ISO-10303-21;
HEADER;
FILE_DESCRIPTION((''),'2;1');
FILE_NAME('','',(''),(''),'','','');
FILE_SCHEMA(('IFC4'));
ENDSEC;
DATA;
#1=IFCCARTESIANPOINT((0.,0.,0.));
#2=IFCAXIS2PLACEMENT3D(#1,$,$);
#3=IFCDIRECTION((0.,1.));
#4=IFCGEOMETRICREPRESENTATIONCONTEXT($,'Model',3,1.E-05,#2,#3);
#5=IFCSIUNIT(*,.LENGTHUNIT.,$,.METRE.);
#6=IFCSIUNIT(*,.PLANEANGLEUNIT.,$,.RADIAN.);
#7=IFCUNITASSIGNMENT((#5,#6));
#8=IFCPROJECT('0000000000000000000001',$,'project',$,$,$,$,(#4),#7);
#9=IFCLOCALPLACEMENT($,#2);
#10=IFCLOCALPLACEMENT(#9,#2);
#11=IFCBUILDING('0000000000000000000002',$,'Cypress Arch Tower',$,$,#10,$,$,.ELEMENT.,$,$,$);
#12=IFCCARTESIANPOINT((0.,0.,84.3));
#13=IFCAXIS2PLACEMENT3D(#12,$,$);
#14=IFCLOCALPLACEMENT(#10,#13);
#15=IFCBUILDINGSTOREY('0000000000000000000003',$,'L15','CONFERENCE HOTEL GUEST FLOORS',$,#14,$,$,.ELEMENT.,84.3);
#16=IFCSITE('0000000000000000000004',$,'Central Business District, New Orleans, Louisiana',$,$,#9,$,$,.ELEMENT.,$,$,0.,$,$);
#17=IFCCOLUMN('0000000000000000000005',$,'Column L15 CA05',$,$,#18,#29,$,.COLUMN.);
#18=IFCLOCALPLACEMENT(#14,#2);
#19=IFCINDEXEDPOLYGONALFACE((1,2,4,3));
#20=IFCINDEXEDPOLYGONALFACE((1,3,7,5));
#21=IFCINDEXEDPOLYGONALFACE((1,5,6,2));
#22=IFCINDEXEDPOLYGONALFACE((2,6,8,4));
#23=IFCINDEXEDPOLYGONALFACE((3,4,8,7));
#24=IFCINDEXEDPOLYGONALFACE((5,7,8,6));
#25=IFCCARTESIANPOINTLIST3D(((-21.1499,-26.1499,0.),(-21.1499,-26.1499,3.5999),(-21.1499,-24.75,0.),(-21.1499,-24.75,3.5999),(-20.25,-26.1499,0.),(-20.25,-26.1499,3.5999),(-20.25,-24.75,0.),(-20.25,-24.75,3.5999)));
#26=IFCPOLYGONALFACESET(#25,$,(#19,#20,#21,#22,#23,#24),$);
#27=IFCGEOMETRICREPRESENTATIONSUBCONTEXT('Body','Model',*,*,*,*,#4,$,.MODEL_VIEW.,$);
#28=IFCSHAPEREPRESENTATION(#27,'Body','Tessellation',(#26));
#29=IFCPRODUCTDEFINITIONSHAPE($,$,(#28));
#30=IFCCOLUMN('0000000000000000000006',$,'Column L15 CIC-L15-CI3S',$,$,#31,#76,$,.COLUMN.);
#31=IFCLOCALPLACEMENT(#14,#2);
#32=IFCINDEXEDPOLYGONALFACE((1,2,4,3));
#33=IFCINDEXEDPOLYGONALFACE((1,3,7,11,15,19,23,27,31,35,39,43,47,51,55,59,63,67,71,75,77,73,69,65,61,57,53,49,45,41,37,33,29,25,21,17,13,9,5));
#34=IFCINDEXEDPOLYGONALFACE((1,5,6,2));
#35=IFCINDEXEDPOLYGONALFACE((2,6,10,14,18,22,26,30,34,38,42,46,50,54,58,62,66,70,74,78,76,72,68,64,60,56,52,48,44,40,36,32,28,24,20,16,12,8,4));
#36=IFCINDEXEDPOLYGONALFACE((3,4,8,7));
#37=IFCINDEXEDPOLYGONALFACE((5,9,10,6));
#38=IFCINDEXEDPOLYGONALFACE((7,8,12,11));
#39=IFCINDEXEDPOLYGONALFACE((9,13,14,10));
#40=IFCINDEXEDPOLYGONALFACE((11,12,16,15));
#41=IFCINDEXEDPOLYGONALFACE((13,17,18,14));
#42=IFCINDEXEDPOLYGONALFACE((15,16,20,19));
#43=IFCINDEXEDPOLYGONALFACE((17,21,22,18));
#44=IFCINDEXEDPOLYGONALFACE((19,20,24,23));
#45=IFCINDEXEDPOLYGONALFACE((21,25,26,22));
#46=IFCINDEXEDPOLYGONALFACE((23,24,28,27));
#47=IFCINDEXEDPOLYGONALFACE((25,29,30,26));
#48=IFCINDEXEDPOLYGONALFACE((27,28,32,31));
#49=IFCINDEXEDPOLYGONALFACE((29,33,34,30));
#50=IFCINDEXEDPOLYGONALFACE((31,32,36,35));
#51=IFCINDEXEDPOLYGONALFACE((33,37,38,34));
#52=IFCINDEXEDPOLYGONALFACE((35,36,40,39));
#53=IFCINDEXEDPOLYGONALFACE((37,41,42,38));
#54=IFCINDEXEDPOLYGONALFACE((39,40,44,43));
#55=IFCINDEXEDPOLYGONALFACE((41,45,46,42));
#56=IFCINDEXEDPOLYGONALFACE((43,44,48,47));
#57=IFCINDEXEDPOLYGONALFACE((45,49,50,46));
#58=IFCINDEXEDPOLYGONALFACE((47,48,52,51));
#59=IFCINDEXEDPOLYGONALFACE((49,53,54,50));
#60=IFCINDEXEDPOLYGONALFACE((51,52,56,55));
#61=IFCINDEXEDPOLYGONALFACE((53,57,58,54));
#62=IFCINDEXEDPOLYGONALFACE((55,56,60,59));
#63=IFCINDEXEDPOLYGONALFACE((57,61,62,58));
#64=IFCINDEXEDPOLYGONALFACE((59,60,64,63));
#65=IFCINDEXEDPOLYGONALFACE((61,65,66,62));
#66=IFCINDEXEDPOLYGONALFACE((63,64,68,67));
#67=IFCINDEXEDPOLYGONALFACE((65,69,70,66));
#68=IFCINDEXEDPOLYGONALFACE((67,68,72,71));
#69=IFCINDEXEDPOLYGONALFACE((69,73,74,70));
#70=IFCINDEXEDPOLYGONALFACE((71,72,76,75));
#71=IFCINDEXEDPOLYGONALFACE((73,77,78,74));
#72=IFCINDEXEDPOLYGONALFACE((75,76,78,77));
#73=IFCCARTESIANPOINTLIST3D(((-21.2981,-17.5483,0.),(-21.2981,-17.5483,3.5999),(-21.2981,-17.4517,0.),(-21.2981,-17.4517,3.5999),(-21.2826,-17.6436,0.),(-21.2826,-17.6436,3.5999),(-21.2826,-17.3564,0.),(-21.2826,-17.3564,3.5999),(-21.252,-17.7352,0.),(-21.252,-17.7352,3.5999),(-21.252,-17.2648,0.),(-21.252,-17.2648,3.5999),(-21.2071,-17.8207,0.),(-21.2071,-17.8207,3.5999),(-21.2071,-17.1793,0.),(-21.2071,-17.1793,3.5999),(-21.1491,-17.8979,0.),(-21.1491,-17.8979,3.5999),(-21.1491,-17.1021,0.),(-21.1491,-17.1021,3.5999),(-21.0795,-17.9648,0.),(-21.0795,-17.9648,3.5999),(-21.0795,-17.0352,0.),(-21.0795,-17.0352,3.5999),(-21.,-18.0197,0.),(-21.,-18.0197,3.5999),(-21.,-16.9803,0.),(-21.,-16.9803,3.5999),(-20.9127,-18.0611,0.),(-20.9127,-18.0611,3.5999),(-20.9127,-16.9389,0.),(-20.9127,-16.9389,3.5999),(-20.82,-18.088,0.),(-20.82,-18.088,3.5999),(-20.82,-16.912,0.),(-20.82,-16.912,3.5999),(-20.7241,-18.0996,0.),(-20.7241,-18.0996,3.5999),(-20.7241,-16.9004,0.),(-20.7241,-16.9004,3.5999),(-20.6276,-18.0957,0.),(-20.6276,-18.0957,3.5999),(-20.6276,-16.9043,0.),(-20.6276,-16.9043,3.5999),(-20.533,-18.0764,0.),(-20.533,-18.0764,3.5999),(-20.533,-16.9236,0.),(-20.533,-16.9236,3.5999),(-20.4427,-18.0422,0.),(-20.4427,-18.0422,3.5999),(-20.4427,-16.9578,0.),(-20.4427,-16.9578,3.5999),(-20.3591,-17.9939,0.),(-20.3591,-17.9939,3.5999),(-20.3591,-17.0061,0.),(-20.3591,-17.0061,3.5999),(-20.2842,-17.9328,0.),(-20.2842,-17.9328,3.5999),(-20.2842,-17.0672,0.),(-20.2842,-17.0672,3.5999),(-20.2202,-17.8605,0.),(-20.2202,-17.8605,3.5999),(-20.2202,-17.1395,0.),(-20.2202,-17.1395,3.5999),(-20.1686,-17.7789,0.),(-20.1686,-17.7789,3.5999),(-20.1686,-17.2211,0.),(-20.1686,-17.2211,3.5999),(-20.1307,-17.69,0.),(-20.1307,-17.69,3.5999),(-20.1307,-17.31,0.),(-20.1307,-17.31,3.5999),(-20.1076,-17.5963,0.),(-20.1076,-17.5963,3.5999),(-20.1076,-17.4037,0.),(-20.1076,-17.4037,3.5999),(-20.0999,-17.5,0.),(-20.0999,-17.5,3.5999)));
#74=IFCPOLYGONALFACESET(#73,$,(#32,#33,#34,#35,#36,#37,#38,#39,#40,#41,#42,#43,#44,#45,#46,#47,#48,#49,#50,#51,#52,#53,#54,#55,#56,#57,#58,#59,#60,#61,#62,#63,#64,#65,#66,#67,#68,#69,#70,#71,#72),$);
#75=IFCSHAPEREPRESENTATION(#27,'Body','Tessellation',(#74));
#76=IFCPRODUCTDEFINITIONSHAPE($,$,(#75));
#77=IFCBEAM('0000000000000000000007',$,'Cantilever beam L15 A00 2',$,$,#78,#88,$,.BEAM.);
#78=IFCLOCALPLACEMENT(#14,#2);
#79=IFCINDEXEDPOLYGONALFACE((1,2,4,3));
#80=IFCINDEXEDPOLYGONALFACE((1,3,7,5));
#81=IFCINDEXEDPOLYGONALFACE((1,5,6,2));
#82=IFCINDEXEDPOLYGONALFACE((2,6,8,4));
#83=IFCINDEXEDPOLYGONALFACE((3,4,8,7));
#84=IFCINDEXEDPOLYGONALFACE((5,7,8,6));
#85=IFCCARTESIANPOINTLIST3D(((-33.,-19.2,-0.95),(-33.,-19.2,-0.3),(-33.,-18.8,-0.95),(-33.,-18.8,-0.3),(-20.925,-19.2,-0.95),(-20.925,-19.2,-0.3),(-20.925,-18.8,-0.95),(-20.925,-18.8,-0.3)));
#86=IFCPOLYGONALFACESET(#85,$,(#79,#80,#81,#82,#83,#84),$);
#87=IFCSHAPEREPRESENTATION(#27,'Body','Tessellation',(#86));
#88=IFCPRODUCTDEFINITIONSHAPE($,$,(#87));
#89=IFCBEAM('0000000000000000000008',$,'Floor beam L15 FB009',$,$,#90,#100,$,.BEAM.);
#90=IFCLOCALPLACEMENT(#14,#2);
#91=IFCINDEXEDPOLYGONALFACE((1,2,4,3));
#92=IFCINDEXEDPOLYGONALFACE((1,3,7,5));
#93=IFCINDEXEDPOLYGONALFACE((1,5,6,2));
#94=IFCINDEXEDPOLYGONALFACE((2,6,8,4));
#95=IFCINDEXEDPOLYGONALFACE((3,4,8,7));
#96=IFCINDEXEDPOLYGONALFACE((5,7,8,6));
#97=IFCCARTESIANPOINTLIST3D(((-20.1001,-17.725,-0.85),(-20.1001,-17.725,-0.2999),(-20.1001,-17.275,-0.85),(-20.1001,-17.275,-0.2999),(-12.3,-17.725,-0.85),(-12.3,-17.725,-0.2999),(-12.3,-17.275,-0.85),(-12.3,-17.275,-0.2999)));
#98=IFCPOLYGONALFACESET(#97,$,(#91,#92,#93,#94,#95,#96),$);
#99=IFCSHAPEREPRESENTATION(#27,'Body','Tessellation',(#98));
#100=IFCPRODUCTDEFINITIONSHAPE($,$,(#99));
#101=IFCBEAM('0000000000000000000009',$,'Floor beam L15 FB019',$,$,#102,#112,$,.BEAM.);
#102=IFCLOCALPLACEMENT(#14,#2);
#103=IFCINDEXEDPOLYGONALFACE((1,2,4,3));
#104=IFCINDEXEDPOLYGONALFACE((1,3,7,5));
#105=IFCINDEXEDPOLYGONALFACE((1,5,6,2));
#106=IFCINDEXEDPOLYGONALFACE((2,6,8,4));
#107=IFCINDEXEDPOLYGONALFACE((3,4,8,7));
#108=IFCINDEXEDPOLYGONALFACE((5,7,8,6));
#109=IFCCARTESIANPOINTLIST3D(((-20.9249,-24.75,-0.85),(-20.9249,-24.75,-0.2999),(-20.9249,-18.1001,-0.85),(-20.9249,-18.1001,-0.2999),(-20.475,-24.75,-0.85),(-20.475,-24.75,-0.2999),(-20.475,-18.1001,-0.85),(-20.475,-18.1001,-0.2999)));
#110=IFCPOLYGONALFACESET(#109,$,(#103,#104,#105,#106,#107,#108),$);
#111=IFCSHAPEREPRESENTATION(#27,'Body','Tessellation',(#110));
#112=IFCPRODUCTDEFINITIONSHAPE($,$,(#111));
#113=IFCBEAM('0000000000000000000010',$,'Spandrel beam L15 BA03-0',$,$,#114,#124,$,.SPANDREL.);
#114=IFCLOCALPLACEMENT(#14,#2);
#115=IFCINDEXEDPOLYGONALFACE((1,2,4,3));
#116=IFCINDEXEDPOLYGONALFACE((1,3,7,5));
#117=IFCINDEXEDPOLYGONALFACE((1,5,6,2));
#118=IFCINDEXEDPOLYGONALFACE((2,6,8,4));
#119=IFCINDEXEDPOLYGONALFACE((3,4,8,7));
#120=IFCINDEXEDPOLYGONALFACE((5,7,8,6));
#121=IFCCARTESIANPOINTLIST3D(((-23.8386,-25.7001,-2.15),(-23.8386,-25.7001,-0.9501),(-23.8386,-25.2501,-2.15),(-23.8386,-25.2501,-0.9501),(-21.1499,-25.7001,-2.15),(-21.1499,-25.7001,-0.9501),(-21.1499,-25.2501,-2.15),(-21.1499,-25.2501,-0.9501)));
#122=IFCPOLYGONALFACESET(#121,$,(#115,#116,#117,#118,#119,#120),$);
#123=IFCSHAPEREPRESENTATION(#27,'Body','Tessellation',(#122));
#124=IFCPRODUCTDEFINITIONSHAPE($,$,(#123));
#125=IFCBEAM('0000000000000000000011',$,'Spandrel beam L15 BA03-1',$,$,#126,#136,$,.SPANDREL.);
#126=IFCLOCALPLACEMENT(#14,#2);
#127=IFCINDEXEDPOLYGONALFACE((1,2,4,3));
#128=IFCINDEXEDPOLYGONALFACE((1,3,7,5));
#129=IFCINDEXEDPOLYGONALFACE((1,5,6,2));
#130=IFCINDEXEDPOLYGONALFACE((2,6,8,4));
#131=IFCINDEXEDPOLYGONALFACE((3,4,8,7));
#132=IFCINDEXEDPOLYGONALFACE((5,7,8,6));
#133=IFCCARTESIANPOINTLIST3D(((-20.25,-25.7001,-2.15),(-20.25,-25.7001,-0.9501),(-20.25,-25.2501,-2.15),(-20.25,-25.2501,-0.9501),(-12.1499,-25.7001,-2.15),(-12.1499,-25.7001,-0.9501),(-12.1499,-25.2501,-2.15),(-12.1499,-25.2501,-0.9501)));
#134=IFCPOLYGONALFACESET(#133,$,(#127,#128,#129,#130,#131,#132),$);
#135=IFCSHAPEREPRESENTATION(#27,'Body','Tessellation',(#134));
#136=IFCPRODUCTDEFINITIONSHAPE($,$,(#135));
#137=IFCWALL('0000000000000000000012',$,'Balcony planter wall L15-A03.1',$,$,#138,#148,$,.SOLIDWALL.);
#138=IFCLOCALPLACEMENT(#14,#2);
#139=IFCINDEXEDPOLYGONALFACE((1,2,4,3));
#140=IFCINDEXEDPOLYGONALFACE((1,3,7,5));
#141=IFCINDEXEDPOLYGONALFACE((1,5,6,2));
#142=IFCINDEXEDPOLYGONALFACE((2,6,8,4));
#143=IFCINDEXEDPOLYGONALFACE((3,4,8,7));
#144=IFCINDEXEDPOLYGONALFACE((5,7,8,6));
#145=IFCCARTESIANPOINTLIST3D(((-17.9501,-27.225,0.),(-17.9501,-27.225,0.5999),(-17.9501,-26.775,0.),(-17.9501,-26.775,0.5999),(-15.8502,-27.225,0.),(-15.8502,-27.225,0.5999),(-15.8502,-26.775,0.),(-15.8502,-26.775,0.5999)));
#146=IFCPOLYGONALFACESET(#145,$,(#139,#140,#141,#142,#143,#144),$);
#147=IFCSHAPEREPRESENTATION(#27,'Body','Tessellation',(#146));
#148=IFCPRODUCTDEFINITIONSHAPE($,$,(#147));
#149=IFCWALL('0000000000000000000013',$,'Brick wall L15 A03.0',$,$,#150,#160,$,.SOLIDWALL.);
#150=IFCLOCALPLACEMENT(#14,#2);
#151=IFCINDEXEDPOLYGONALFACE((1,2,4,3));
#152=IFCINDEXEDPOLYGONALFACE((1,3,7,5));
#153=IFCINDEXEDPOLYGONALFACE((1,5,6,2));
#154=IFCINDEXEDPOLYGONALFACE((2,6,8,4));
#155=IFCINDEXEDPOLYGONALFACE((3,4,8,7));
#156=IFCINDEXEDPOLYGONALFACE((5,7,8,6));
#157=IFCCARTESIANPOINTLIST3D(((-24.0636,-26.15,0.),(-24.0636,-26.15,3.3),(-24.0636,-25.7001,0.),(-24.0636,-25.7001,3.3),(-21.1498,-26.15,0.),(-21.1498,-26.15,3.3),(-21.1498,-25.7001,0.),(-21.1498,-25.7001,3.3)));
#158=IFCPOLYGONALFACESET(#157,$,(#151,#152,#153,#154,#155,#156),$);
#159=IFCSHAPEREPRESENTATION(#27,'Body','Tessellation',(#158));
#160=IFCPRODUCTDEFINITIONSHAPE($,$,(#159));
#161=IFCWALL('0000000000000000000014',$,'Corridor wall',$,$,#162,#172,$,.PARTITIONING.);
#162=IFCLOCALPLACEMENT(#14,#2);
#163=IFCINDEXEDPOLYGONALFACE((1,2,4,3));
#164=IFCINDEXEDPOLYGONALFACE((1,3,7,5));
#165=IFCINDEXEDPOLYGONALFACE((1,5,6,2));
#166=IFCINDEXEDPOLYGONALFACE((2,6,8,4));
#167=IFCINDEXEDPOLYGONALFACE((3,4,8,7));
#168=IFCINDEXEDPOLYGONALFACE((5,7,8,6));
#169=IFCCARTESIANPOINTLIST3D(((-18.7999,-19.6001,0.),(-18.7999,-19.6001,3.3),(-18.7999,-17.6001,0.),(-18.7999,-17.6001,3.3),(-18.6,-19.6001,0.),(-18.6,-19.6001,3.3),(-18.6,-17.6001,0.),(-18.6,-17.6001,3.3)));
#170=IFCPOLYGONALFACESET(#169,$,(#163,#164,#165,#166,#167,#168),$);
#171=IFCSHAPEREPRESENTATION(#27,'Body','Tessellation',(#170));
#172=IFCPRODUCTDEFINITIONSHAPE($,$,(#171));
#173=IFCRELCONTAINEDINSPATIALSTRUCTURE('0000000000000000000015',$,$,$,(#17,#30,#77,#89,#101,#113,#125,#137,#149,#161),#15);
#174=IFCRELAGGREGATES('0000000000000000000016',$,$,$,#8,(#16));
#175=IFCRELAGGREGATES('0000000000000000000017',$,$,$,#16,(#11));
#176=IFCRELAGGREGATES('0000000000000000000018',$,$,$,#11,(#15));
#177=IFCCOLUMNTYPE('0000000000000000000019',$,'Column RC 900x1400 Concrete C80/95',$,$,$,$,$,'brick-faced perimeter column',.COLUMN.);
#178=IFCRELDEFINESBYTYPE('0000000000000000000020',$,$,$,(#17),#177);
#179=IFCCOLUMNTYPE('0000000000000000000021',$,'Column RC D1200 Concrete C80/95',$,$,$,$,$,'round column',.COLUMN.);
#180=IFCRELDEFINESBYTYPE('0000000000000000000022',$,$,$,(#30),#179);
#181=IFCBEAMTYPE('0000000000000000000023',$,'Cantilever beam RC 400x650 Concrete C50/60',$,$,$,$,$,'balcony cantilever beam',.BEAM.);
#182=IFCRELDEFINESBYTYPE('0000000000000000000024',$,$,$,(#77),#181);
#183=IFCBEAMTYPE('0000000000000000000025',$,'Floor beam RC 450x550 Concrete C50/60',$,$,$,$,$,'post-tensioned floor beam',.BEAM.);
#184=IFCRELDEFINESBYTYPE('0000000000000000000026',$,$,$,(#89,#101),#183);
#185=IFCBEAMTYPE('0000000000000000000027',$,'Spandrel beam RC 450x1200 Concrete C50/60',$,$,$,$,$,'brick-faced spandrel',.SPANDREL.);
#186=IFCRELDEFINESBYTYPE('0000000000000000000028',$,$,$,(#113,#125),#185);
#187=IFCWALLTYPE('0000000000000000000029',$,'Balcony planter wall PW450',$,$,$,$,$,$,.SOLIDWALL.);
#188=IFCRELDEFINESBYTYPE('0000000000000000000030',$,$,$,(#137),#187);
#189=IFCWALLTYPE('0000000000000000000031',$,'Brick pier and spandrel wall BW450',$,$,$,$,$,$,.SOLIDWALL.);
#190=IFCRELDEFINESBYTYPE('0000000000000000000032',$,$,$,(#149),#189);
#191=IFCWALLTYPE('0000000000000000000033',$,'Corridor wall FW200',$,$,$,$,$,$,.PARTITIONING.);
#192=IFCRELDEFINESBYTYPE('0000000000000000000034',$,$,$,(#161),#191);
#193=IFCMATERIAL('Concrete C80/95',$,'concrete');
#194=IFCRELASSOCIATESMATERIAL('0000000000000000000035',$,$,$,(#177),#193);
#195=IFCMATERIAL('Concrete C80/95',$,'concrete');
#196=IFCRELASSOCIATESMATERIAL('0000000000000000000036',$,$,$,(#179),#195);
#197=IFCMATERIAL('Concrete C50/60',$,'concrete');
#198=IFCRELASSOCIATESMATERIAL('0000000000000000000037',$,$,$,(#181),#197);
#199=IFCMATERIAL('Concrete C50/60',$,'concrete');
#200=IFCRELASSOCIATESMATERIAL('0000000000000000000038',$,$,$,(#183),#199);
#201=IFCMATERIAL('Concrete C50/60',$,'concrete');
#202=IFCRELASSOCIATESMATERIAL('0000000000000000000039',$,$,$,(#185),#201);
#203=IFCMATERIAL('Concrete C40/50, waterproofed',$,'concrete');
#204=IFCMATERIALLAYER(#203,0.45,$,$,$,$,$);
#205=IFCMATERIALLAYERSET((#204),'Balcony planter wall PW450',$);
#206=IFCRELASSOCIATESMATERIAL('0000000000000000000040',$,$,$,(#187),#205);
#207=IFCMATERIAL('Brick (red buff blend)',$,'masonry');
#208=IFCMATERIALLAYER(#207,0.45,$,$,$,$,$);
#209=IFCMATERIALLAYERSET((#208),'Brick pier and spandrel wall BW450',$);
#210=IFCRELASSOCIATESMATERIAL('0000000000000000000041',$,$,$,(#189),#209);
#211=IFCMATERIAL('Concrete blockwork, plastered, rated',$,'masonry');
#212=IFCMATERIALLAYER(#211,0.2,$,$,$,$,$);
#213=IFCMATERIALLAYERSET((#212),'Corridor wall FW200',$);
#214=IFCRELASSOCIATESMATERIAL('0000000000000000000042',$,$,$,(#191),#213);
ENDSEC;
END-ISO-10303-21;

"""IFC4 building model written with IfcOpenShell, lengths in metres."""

from ifc_helpers import new_model, si_unit, direction, frame, frame_2d, origin, origin_2d, place, context, subcontext, project, spatial, rectangle, circle, extrude, material, layer, layer_set, material_profile, profile_set, type_object, element, save


model = new_model("IFC4")

# Units and contexts
model_context = context("Model", 3, precision=1e-05, world=origin(), true_north=direction((0.0, 1.0)))
body_context = subcontext(model_context, "Body", "Model", "MODEL_VIEW")
ifc_project = project(units=[si_unit("LENGTHUNIT", "METRE"), si_unit("PLANEANGLEUNIT", "RADIAN")], contexts=[model_context])

# Site, building, storey
site_placement = place(None, origin())
site = spatial("IfcSite", under=ifc_project, at=site_placement, Name="Central Business District, New Orleans, Louisiana", CompositionType="ELEMENT", RefElevation=0.0)
building_placement = place(site_placement, origin())
building = spatial("IfcBuilding", under=site, at=building_placement, Name="Cypress Arch Tower", CompositionType="ELEMENT")
storey_placement = place(building_placement, frame((0.0, 0.0, 84.3)))
storey = spatial("IfcBuildingStorey", under=building, at=storey_placement, Name="L15", Description="CONFERENCE HOTEL GUEST FLOORS", CompositionType="ELEMENT", Elevation=84.3)

# Columns
ifc_material_1 = material(Name="Concrete C80/95", Category="concrete")
ifc_material_profile_1 = material_profile(ifc_material_1, rectangle(XDim=0.8999, YDim=1.3999, at=origin_2d()), Name="RC 900x1400")
ifc_profile_set_1 = profile_set([ifc_material_profile_1], Name="Concrete C80/95")
column_type_1 = type_object("IfcColumnType", Name="Column RC 900x1400 Concrete C80/95", ElementType="brick-faced perimeter column", PredefinedType="COLUMN", material=ifc_profile_set_1)
column_1_placement = place(storey_placement, frame((-20.7, -25.45, 0.0), z_axis=(0.0, 0.0, 1.0), x_axis=(1.0, 0.0, 0.0)))
element("IfcColumn", 1, at=column_1_placement, inside=storey, type_object=column_type_1, Name="Column L15 CA05", PredefinedType="COLUMN", context=body_context, shape_type="SweptSolid", body=[
    extrude(rectangle(XDim=0.8999, YDim=1.3999, at=origin_2d()), origin(), (0.0, 0.0, 1.0), 3.5999),
])
ifc_material_2 = material(Name="Concrete C80/95", Category="concrete")
ifc_material_profile_2 = material_profile(ifc_material_2, circle(Radius=0.6001, at=origin_2d()), Name="RC D1200")
ifc_profile_set_2 = profile_set([ifc_material_profile_2], Name="Concrete C80/95")
column_type_2 = type_object("IfcColumnType", Name="Column RC D1200 Concrete C80/95", ElementType="round column", PredefinedType="COLUMN", material=ifc_profile_set_2)
column_2_placement = place(storey_placement, frame((-20.7, -17.5, 0.0), z_axis=(0.0, 0.0, 1.0), x_axis=(1.0, 0.0, 0.0)))
element("IfcColumn", 2, at=column_2_placement, inside=storey, type_object=column_type_2, Name="Column L15 CIC-L15-CI3S", PredefinedType="COLUMN", context=body_context, shape_type="SweptSolid", body=[
    extrude(circle(Radius=0.6001, at=origin_2d()), origin(), (0.0, 0.0, 1.0), 3.5999),
])

# Beams
ifc_material_3 = material(Name="Concrete C50/60", Category="concrete")
ifc_material_profile_3 = material_profile(ifc_material_3, rectangle(XDim=0.3999, YDim=0.6499, at=origin_2d()), Name="RC 400x650")
ifc_profile_set_3 = profile_set([ifc_material_profile_3], Name="Concrete C50/60")
beam_type_1 = type_object("IfcBeamType", Name="Cantilever beam RC 400x650 Concrete C50/60", ElementType="balcony cantilever beam", PredefinedType="BEAM", material=ifc_profile_set_3)
beam_1_placement = place(storey_placement, frame((-20.925, -19.0, -0.625), z_axis=(-1.0, 0.0, 0.0), x_axis=(0.0, -1.0, 0.0)))
element("IfcBeam", 3, at=beam_1_placement, inside=storey, type_object=beam_type_1, Name="Cantilever beam L15 A00 2", PredefinedType="BEAM", context=body_context, shape_type="SweptSolid", body=[
    extrude(rectangle(XDim=0.3999, YDim=0.6499, at=origin_2d()), origin(), (0.0, 0.0, 1.0), 12.075),
])
ifc_material_4 = material(Name="Concrete C50/60", Category="concrete")
ifc_material_profile_4 = material_profile(ifc_material_4, rectangle(XDim=0.45, YDim=0.55, at=origin_2d()), Name="RC 450x550")
ifc_profile_set_4 = profile_set([ifc_material_profile_4], Name="Concrete C50/60")
beam_type_2 = type_object("IfcBeamType", Name="Floor beam RC 450x550 Concrete C50/60", ElementType="post-tensioned floor beam", PredefinedType="BEAM", material=ifc_profile_set_4)
beam_2_placement = place(storey_placement, frame((-20.1001, -17.5, -0.575), z_axis=(1.0, 0.0, 0.0), x_axis=(0.0, 1.0, 0.0)))
element("IfcBeam", 4, at=beam_2_placement, inside=storey, type_object=beam_type_2, Name="Floor beam L15 FB009", PredefinedType="BEAM", context=body_context, shape_type="SweptSolid", body=[
    extrude(rectangle(XDim=0.45, YDim=0.55, at=origin_2d()), origin(), (0.0, 0.0, 1.0), 7.8),
])
beam_3_placement = place(storey_placement, frame((-20.7, -24.75, -0.575), z_axis=(0.0, 1.0, 0.0), x_axis=(-1.0, 0.0, 0.0)))
element("IfcBeam", 5, at=beam_3_placement, inside=storey, type_object=beam_type_2, Name="Floor beam L15 FB019", PredefinedType="BEAM", context=body_context, shape_type="SweptSolid", body=[
    extrude(rectangle(XDim=0.45, YDim=0.55, at=origin_2d()), origin(), (0.0, 0.0, 1.0), 6.6499),
])
ifc_material_5 = material(Name="Concrete C50/60", Category="concrete")
ifc_material_profile_5 = material_profile(ifc_material_5, rectangle(XDim=0.45, YDim=1.2, at=origin_2d()), Name="RC 450x1200")
ifc_profile_set_5 = profile_set([ifc_material_profile_5], Name="Concrete C50/60")
beam_type_3 = type_object("IfcBeamType", Name="Spandrel beam RC 450x1200 Concrete C50/60", ElementType="brick-faced spandrel", PredefinedType="SPANDREL", material=ifc_profile_set_5)
beam_4_placement = place(storey_placement, frame((-23.8386, -25.4751, -1.55), z_axis=(1.0, 0.0, 0.0), x_axis=(0.0, 1.0, 0.0)))
element("IfcBeam", 6, at=beam_4_placement, inside=storey, type_object=beam_type_3, Name="Spandrel beam L15 BA03-0", PredefinedType="SPANDREL", context=body_context, shape_type="SweptSolid", body=[
    extrude(rectangle(XDim=0.45, YDim=1.2, at=origin_2d()), origin(), (0.0, 0.0, 1.0), 2.6887),
])
beam_5_placement = place(storey_placement, frame((-20.25, -25.4751, -1.55), z_axis=(1.0, 0.0, 0.0), x_axis=(0.0, 1.0, 0.0)))
element("IfcBeam", 7, at=beam_5_placement, inside=storey, type_object=beam_type_3, Name="Spandrel beam L15 BA03-1", PredefinedType="SPANDREL", context=body_context, shape_type="SweptSolid", body=[
    extrude(rectangle(XDim=0.45, YDim=1.2, at=origin_2d()), origin(), (0.0, 0.0, 1.0), 8.1001),
])

# Walls
ifc_material_6 = material(Name="Concrete C40/50, waterproofed", Category="concrete")
ifc_layer_1 = layer(ifc_material_6, 0.45)
ifc_layer_set_1 = layer_set([ifc_layer_1], Name="Balcony planter wall PW450")
wall_type_1 = type_object("IfcWallType", Name="Balcony planter wall PW450", PredefinedType="SOLIDWALL", material=ifc_layer_set_1)
wall_1_placement = place(storey_placement, frame((-17.95, -27.0, 0.0), z_axis=(0.0, 0.0, 1.0), x_axis=(1.0, 0.0, 0.0)))
element("IfcWall", 8, at=wall_1_placement, inside=storey, type_object=wall_type_1, Name="Balcony planter wall L15-A03.1", PredefinedType="SOLIDWALL", context=body_context, shape_type="SweptSolid", body=[
    extrude(rectangle(XDim=2.0999, YDim=0.45, at=frame_2d((1.0498, 0.0))), origin(), (0.0, 0.0, 1.0), 0.5999),
])
ifc_material_7 = material(Name="Brick (red buff blend)", Category="masonry")
ifc_layer_2 = layer(ifc_material_7, 0.45)
ifc_layer_set_2 = layer_set([ifc_layer_2], Name="Brick pier and spandrel wall BW450")
wall_type_2 = type_object("IfcWallType", Name="Brick pier and spandrel wall BW450", PredefinedType="SOLIDWALL", material=ifc_layer_set_2)
wall_2_placement = place(storey_placement, frame((-24.0637, -25.925, 0.0), z_axis=(0.0, 0.0, 1.0), x_axis=(1.0, 0.0, 0.0)))
element("IfcWall", 9, at=wall_2_placement, inside=storey, type_object=wall_type_2, Name="Brick wall L15 A03.0", PredefinedType="SOLIDWALL", context=body_context, shape_type="SweptSolid", body=[
    extrude(rectangle(XDim=2.9138, YDim=0.45, at=frame_2d((1.457, 0.0))), origin(), (0.0, 0.0, 1.0), 3.3),
])

# Shared definitions
ifc_material_8 = material(Name="Concrete blockwork, plastered, rated", Category="masonry")
ifc_layer_3 = layer(ifc_material_8, 0.2)
ifc_layer_set_3 = layer_set([ifc_layer_3], Name="Corridor wall FW200")
wall_type_3 = type_object("IfcWallType", Name="Corridor wall FW200", PredefinedType="PARTITIONING", material=ifc_layer_set_3)

# Wall
wall_3_placement = place(storey_placement, frame((-18.7, -19.6001, 0.0), z_axis=(0.0, 0.0, 1.0), x_axis=(0.0, 1.0, 0.0)))
element("IfcWall", 10, at=wall_3_placement, inside=storey, type_object=wall_type_3, Name="Corridor wall", PredefinedType="PARTITIONING", context=body_context, shape_type="SweptSolid", body=[
    extrude(rectangle(XDim=2.0, YDim=0.2, at=frame_2d((1.0, 0.0))), origin(), (0.0, 0.0, 1.0), 3.3),
])

save(model, "model.ifc")
